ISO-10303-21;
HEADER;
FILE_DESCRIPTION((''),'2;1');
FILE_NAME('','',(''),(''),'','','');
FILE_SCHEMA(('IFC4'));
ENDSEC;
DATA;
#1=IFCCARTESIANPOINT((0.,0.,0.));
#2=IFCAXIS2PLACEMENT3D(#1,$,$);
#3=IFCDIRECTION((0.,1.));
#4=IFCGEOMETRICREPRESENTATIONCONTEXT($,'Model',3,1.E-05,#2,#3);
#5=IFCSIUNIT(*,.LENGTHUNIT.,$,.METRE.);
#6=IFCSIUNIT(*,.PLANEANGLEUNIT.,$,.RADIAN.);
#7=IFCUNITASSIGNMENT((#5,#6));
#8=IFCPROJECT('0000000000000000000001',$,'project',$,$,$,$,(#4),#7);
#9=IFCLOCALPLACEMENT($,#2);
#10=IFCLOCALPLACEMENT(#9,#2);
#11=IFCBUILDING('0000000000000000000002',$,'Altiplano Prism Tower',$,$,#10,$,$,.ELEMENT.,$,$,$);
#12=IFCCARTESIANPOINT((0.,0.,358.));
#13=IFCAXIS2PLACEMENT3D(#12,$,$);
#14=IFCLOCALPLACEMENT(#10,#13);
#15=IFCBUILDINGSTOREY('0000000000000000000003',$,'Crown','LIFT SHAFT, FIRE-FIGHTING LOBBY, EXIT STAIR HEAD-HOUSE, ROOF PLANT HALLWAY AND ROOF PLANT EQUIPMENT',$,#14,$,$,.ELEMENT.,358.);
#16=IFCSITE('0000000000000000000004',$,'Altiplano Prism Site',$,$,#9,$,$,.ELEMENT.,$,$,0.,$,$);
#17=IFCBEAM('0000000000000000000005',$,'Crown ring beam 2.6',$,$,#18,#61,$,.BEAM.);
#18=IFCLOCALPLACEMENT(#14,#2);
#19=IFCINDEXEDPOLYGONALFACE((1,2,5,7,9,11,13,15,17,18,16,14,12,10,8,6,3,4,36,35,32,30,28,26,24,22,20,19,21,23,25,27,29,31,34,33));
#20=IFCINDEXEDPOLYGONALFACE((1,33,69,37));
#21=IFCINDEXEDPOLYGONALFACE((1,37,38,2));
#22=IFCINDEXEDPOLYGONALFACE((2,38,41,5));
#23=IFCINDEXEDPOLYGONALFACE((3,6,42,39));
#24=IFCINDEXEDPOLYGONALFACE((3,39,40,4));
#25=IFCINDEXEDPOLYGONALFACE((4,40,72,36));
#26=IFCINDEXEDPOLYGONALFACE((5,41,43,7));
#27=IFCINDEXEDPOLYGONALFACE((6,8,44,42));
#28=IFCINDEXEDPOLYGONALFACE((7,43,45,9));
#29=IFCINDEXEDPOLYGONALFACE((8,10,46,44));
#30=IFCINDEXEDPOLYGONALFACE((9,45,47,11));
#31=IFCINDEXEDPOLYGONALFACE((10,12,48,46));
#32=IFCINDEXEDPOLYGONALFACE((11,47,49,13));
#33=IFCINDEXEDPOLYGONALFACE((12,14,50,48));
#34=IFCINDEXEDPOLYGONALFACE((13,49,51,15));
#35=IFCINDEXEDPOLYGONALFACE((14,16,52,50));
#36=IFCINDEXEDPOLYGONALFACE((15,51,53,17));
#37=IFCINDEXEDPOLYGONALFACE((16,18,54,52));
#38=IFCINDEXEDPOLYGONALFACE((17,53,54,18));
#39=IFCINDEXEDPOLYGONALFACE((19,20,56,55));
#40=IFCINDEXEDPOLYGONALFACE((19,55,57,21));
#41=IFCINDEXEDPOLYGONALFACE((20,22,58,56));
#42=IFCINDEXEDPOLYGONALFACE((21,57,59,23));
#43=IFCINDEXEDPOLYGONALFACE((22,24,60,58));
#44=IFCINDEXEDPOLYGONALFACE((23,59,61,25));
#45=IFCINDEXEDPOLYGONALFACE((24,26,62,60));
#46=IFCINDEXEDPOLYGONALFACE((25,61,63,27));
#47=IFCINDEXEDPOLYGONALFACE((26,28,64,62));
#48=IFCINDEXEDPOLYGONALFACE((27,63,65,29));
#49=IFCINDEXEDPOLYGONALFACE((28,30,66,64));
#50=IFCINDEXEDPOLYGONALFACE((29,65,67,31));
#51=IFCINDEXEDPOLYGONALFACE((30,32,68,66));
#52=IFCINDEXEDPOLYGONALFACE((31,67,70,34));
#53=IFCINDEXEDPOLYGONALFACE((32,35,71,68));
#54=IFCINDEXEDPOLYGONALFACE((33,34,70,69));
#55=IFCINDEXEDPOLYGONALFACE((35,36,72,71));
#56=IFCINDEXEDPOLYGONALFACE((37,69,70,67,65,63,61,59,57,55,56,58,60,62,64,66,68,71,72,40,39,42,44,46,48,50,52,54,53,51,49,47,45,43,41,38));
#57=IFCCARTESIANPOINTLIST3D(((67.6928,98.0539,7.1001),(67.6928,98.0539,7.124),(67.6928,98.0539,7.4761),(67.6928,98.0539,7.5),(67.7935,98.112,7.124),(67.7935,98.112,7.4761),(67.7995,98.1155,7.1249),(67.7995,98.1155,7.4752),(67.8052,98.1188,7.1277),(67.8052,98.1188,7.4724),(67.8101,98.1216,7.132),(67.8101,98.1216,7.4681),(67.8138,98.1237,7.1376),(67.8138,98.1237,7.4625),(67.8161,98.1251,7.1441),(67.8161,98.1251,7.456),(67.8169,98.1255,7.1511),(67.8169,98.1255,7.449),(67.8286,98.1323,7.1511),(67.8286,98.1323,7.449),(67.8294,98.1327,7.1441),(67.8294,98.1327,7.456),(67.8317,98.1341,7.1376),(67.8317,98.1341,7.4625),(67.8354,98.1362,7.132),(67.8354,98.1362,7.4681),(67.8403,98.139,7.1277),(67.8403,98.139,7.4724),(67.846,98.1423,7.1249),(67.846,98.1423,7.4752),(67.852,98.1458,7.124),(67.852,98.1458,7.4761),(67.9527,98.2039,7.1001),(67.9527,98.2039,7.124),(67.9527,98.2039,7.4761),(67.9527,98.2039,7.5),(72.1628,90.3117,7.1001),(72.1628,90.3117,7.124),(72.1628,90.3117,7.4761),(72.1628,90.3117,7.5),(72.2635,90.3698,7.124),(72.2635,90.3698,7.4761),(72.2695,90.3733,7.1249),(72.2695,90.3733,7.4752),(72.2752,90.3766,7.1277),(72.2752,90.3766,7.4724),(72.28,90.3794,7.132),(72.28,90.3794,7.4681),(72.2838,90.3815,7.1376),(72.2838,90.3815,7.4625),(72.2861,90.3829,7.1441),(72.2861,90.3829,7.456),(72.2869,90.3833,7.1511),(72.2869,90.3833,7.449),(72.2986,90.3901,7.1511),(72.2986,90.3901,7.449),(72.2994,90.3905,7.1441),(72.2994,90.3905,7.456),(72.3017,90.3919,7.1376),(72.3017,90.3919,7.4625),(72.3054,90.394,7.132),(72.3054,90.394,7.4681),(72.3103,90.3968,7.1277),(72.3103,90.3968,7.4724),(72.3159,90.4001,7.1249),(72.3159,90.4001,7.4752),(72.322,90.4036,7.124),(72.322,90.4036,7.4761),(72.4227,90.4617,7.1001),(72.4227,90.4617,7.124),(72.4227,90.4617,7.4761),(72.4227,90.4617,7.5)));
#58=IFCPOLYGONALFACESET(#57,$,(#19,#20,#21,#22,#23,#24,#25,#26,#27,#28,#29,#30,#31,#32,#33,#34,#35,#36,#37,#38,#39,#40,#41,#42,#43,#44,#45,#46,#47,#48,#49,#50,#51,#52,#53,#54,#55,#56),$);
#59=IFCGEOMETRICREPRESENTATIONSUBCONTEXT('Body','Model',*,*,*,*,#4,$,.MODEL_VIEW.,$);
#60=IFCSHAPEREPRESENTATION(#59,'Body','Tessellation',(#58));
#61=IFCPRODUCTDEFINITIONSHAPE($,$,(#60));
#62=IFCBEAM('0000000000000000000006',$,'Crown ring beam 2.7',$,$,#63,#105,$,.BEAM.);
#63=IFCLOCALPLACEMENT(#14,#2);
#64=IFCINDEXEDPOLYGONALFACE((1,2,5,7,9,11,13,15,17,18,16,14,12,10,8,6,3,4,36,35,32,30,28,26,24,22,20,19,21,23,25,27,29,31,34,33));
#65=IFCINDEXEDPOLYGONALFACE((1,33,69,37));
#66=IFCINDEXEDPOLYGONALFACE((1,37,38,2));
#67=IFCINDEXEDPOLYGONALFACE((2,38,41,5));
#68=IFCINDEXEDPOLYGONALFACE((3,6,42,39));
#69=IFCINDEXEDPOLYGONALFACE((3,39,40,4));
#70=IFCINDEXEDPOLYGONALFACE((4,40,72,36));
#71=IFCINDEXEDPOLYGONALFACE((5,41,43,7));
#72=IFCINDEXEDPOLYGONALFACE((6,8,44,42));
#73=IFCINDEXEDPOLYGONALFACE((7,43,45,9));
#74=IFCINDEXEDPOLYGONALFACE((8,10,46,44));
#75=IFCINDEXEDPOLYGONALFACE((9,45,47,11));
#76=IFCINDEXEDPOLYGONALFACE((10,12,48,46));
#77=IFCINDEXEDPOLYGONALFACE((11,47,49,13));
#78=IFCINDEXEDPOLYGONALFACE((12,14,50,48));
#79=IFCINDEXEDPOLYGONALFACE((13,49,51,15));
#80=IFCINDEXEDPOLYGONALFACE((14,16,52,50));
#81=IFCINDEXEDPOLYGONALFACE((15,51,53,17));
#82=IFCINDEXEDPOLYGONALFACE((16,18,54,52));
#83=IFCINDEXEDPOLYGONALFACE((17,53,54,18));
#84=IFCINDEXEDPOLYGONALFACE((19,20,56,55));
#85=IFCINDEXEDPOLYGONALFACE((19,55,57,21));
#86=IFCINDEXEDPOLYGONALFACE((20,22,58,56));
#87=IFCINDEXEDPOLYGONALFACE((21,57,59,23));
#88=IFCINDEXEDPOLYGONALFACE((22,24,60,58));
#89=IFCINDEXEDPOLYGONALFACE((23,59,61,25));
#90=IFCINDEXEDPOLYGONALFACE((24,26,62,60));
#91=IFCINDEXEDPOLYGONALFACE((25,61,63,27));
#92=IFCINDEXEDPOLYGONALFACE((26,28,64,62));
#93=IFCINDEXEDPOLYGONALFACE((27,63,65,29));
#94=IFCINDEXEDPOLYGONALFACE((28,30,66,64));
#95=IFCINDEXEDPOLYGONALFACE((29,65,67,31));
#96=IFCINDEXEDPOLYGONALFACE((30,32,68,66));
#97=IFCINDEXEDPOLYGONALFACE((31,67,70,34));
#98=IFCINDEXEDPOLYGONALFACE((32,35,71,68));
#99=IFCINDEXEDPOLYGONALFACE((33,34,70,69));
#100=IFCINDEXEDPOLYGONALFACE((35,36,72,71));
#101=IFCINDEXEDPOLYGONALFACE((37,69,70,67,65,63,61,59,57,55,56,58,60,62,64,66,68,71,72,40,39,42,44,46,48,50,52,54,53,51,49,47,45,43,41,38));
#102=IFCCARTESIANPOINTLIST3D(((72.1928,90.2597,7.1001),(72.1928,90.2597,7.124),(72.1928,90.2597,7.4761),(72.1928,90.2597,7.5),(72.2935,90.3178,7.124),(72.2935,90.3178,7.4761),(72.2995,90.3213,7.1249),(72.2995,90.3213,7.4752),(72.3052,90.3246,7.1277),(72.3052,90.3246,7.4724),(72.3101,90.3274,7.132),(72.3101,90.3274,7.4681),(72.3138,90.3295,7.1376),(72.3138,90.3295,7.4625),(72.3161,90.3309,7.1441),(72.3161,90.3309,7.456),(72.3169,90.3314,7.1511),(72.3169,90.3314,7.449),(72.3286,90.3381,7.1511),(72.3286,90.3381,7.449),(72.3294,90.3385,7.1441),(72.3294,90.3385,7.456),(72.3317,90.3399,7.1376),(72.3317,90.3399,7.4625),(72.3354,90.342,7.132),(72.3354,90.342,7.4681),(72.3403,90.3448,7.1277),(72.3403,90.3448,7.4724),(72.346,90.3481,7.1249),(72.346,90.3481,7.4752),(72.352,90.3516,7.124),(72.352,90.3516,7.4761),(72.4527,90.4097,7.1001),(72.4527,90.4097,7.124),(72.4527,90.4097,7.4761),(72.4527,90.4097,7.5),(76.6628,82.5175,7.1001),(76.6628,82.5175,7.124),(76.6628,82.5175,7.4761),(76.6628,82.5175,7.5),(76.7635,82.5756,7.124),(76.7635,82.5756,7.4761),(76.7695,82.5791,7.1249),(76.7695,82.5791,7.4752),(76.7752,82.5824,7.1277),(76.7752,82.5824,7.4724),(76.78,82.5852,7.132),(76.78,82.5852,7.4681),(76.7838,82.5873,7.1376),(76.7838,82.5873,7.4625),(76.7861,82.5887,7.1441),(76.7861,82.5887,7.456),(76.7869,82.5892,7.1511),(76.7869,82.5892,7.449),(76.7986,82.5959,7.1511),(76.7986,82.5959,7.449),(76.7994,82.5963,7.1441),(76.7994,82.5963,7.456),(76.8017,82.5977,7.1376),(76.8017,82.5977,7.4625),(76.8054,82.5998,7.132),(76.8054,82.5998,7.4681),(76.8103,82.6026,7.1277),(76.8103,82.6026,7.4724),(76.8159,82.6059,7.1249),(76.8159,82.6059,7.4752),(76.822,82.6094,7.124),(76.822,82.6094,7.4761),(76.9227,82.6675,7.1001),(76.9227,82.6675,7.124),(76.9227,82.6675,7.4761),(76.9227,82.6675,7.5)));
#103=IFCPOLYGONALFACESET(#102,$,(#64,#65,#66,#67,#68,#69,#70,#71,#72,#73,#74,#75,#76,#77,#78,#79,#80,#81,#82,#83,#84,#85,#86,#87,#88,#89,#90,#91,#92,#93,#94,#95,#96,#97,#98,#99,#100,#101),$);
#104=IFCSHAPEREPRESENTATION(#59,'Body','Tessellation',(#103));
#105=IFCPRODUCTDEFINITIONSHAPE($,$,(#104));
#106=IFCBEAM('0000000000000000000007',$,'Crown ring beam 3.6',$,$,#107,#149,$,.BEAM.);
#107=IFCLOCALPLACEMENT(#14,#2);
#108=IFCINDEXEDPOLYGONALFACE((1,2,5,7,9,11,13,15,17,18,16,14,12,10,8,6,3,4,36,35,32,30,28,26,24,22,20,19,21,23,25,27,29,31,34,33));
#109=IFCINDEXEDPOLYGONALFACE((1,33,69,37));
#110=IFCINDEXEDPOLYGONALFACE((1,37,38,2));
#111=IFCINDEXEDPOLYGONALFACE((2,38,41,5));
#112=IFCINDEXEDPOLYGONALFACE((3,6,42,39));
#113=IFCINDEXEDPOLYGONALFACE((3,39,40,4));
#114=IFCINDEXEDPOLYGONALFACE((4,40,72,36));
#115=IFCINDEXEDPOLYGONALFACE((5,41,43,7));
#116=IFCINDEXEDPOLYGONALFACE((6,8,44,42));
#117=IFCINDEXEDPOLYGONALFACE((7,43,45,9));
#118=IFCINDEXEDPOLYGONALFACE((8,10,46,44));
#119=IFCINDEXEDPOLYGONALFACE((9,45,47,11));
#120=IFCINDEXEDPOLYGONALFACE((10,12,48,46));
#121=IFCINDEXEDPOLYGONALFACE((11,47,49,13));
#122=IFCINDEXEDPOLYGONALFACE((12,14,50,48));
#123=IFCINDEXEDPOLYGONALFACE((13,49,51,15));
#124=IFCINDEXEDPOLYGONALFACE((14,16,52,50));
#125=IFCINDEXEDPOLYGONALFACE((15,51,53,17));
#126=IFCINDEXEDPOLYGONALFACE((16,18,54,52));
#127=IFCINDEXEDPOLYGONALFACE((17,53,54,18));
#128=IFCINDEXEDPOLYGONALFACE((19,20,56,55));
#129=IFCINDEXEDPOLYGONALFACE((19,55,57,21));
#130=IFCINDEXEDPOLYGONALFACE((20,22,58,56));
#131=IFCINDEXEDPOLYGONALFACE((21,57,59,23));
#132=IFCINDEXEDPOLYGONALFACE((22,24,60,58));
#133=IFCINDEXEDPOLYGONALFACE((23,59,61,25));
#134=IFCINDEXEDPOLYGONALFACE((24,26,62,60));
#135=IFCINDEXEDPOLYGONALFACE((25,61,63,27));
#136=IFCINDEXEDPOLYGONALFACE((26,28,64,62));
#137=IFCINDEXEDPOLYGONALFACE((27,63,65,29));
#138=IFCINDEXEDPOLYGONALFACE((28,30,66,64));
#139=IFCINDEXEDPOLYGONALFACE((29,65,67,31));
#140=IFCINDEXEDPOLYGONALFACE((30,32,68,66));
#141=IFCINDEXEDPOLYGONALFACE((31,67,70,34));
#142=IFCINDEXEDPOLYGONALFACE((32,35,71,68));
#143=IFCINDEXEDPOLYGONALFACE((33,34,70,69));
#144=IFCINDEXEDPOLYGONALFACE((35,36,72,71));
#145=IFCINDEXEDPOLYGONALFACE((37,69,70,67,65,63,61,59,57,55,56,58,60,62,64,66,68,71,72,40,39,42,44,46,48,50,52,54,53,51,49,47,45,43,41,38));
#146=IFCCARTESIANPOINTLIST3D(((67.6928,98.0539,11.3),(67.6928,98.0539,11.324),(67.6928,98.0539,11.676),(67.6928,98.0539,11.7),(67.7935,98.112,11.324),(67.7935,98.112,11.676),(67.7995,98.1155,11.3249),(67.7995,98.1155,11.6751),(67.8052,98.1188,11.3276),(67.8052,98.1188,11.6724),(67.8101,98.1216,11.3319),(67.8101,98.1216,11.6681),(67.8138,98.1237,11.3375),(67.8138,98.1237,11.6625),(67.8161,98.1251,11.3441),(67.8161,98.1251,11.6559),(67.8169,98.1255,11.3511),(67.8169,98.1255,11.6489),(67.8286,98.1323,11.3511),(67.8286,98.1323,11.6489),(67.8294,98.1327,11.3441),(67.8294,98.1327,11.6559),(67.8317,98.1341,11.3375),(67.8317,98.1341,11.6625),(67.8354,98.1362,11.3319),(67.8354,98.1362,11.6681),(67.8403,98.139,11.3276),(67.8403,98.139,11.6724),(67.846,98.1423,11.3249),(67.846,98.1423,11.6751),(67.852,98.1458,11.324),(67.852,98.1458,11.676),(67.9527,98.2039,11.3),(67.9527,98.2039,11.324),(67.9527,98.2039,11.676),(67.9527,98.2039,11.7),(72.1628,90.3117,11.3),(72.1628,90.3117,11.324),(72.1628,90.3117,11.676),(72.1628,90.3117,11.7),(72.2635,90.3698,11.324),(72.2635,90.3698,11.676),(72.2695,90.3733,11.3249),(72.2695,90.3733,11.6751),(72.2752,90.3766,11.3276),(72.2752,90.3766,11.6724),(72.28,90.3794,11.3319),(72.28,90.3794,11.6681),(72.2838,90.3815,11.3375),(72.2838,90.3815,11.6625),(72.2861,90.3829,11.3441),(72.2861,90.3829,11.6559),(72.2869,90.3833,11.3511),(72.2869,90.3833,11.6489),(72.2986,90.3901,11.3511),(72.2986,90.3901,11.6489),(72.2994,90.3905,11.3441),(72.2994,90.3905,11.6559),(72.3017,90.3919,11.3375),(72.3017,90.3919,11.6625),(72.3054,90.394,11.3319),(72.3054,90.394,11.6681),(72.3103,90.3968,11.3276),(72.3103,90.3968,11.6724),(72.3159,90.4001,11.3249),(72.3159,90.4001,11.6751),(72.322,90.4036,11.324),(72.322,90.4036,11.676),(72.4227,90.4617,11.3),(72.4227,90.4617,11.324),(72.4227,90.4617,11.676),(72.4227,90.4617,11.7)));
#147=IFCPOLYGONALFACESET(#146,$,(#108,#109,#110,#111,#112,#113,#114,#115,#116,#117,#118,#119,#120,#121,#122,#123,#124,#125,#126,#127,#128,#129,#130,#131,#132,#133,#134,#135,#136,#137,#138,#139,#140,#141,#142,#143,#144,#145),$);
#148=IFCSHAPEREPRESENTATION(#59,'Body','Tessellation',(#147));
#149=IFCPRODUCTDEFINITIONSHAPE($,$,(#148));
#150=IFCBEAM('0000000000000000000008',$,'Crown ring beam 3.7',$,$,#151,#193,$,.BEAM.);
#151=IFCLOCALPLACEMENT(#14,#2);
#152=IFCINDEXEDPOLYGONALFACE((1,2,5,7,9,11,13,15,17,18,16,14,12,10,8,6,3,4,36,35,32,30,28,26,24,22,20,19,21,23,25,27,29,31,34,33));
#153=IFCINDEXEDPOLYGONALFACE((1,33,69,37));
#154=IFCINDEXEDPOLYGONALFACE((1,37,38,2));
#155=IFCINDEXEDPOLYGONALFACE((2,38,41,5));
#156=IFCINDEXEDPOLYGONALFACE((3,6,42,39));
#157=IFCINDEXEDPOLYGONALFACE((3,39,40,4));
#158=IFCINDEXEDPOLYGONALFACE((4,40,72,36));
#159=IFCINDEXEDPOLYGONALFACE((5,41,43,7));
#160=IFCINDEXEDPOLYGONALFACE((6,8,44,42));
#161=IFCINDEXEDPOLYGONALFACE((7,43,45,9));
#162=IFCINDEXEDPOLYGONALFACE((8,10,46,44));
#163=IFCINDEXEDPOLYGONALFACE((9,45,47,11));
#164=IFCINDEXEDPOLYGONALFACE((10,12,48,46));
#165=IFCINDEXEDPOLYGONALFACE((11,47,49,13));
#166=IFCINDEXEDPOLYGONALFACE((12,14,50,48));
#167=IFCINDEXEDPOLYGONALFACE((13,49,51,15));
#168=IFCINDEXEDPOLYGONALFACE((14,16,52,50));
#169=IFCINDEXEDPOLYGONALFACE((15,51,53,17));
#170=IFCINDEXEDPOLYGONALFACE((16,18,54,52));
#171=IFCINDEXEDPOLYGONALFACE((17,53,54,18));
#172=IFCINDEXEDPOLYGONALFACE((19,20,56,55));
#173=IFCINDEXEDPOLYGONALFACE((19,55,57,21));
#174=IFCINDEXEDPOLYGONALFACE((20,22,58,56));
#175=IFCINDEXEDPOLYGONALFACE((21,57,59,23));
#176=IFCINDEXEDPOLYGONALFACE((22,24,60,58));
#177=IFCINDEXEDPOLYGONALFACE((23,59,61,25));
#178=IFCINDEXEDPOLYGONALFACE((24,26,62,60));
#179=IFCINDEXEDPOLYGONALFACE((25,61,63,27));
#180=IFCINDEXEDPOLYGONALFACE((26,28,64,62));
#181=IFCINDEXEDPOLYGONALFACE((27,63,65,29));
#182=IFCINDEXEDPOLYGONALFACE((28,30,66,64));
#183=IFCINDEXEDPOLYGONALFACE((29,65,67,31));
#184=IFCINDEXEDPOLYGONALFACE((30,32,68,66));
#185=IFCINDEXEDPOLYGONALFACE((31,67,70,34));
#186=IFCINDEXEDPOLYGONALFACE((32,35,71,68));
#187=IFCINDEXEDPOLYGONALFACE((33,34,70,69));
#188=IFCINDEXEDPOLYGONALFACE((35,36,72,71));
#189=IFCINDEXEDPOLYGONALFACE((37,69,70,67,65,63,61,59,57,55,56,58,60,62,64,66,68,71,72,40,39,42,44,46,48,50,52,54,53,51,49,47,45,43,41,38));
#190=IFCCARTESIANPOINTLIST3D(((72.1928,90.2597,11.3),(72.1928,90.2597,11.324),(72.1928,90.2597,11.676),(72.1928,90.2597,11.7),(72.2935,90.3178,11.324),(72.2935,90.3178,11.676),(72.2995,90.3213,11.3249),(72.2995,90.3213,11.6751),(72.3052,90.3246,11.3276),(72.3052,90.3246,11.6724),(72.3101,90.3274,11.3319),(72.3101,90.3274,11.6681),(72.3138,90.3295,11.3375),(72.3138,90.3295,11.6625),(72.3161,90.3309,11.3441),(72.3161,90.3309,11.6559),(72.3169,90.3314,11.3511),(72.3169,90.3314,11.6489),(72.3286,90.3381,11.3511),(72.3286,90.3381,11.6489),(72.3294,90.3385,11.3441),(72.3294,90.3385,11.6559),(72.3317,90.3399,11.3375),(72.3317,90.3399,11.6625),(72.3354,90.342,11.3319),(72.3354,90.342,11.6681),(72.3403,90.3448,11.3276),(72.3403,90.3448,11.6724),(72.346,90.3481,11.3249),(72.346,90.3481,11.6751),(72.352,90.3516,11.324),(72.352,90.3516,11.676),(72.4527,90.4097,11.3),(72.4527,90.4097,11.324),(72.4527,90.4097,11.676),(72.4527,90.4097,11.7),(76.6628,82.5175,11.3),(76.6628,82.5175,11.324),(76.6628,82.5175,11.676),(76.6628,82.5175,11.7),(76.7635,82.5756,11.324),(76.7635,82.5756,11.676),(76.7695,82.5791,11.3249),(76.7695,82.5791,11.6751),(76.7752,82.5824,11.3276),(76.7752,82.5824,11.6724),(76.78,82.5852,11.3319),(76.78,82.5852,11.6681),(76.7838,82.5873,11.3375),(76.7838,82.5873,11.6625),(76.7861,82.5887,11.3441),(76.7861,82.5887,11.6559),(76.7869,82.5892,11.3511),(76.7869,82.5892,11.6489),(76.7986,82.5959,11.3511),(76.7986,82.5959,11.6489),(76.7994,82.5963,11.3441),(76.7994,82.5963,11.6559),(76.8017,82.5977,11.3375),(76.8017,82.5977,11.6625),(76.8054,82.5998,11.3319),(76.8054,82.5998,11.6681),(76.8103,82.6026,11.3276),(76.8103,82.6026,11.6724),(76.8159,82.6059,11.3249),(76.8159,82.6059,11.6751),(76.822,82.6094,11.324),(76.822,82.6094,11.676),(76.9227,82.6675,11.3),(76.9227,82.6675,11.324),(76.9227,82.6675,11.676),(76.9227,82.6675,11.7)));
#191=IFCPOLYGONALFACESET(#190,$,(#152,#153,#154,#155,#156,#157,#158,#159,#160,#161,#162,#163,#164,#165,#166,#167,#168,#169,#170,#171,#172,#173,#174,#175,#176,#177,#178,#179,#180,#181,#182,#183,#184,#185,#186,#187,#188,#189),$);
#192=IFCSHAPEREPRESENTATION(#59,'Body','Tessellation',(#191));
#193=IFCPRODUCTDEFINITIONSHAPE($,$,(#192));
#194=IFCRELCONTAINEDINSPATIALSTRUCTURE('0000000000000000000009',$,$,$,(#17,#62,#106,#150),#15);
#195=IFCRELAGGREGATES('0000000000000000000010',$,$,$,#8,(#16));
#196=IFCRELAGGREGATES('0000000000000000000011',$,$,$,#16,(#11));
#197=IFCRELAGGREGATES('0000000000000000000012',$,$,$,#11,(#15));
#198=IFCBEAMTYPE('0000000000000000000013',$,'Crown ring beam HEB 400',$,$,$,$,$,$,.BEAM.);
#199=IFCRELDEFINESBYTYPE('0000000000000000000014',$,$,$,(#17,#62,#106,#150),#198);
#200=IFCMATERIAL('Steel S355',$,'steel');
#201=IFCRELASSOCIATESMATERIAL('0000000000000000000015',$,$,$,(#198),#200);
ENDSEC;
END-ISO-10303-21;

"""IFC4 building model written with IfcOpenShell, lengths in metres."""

from ifc_helpers import new_model, si_unit, direction, frame, origin, origin_2d, place, context, subcontext, project, spatial, i_section, extrude, material, material_profile, profile_set, type_object, element, save


model = new_model("IFC4")

# Units and contexts
model_context = context("Model", 3, precision=1e-05, world=origin(), true_north=direction((0.0, 1.0)))
body_context = subcontext(model_context, "Body", "Model", "MODEL_VIEW")
ifc_project = project(units=[si_unit("LENGTHUNIT", "METRE"), si_unit("PLANEANGLEUNIT", "RADIAN")], contexts=[model_context])

# Site, building, storey
site_placement = place(None, origin())
site = spatial("IfcSite", under=ifc_project, at=site_placement, Name="Altiplano Prism Site", CompositionType="ELEMENT", RefElevation=0.0)
building_placement = place(site_placement, origin())
building = spatial("IfcBuilding", under=site, at=building_placement, Name="Altiplano Prism Tower", CompositionType="ELEMENT")
storey_placement = place(building_placement, frame((0.0, 0.0, 358.0)))
storey = spatial("IfcBuildingStorey", under=building, at=storey_placement, Name="Crown", Description="LIFT SHAFT, FIRE-FIGHTING LOBBY, EXIT STAIR HEAD-HOUSE, ROOF PLANT HALLWAY AND ROOF PLANT EQUIPMENT", CompositionType="ELEMENT", Elevation=358.0)

# Shared definitions
ifc_material_1 = material(Name="Steel S355", Category="steel")

# Beams
ifc_material_profile_1 = material_profile(ifc_material_1, i_section(OverallWidth=0.3, OverallDepth=0.3999, WebThickness=0.0134, FlangeThickness=0.0239, FilletRadius=0.0271, at=origin_2d()), Name="Crown ring beam HEB 400")
ifc_profile_set_1 = profile_set([ifc_material_profile_1], Name="Steel S355")
beam_type_1 = type_object("IfcBeamType", Name="Crown ring beam HEB 400", PredefinedType="BEAM", material=ifc_profile_set_1)
for number, where, z_axis, x_axis, name in (
    (1, (67.8228, 98.1289, 7.3), (0.500001, -0.866025, 0.0), (0.866025, 0.500001, 0.0), "Crown ring beam 2.6"),
    (2, (72.3228, 90.3347, 7.3), (0.500001, -0.866025, 0.0), (0.866025, 0.500001, 0.0), "Crown ring beam 2.7"),
    (3, (67.8228, 98.1289, 11.5), (0.500001, -0.866025, 0.0), (0.866025, 0.500001, 0.0), "Crown ring beam 3.6"),
    (4, (72.3228, 90.3347, 11.5), (0.500001, -0.866025, 0.0), (0.866025, 0.500001, 0.0), "Crown ring beam 3.7"),
):
    element("IfcBeam", number, at=place(storey_placement, frame(where, z_axis=z_axis, x_axis=x_axis)), inside=storey, type_object=beam_type_1, Name=name, PredefinedType="BEAM", context=body_context, shape_type="SweptSolid", body=[
        extrude(i_section(OverallWidth=0.3, OverallDepth=0.3999, WebThickness=0.0134, FlangeThickness=0.0239, FilletRadius=0.0271, at=origin_2d()), origin(), (0.0, 0.0, 1.0), 8.9399),
    ])

save(model, "model.ifc")
